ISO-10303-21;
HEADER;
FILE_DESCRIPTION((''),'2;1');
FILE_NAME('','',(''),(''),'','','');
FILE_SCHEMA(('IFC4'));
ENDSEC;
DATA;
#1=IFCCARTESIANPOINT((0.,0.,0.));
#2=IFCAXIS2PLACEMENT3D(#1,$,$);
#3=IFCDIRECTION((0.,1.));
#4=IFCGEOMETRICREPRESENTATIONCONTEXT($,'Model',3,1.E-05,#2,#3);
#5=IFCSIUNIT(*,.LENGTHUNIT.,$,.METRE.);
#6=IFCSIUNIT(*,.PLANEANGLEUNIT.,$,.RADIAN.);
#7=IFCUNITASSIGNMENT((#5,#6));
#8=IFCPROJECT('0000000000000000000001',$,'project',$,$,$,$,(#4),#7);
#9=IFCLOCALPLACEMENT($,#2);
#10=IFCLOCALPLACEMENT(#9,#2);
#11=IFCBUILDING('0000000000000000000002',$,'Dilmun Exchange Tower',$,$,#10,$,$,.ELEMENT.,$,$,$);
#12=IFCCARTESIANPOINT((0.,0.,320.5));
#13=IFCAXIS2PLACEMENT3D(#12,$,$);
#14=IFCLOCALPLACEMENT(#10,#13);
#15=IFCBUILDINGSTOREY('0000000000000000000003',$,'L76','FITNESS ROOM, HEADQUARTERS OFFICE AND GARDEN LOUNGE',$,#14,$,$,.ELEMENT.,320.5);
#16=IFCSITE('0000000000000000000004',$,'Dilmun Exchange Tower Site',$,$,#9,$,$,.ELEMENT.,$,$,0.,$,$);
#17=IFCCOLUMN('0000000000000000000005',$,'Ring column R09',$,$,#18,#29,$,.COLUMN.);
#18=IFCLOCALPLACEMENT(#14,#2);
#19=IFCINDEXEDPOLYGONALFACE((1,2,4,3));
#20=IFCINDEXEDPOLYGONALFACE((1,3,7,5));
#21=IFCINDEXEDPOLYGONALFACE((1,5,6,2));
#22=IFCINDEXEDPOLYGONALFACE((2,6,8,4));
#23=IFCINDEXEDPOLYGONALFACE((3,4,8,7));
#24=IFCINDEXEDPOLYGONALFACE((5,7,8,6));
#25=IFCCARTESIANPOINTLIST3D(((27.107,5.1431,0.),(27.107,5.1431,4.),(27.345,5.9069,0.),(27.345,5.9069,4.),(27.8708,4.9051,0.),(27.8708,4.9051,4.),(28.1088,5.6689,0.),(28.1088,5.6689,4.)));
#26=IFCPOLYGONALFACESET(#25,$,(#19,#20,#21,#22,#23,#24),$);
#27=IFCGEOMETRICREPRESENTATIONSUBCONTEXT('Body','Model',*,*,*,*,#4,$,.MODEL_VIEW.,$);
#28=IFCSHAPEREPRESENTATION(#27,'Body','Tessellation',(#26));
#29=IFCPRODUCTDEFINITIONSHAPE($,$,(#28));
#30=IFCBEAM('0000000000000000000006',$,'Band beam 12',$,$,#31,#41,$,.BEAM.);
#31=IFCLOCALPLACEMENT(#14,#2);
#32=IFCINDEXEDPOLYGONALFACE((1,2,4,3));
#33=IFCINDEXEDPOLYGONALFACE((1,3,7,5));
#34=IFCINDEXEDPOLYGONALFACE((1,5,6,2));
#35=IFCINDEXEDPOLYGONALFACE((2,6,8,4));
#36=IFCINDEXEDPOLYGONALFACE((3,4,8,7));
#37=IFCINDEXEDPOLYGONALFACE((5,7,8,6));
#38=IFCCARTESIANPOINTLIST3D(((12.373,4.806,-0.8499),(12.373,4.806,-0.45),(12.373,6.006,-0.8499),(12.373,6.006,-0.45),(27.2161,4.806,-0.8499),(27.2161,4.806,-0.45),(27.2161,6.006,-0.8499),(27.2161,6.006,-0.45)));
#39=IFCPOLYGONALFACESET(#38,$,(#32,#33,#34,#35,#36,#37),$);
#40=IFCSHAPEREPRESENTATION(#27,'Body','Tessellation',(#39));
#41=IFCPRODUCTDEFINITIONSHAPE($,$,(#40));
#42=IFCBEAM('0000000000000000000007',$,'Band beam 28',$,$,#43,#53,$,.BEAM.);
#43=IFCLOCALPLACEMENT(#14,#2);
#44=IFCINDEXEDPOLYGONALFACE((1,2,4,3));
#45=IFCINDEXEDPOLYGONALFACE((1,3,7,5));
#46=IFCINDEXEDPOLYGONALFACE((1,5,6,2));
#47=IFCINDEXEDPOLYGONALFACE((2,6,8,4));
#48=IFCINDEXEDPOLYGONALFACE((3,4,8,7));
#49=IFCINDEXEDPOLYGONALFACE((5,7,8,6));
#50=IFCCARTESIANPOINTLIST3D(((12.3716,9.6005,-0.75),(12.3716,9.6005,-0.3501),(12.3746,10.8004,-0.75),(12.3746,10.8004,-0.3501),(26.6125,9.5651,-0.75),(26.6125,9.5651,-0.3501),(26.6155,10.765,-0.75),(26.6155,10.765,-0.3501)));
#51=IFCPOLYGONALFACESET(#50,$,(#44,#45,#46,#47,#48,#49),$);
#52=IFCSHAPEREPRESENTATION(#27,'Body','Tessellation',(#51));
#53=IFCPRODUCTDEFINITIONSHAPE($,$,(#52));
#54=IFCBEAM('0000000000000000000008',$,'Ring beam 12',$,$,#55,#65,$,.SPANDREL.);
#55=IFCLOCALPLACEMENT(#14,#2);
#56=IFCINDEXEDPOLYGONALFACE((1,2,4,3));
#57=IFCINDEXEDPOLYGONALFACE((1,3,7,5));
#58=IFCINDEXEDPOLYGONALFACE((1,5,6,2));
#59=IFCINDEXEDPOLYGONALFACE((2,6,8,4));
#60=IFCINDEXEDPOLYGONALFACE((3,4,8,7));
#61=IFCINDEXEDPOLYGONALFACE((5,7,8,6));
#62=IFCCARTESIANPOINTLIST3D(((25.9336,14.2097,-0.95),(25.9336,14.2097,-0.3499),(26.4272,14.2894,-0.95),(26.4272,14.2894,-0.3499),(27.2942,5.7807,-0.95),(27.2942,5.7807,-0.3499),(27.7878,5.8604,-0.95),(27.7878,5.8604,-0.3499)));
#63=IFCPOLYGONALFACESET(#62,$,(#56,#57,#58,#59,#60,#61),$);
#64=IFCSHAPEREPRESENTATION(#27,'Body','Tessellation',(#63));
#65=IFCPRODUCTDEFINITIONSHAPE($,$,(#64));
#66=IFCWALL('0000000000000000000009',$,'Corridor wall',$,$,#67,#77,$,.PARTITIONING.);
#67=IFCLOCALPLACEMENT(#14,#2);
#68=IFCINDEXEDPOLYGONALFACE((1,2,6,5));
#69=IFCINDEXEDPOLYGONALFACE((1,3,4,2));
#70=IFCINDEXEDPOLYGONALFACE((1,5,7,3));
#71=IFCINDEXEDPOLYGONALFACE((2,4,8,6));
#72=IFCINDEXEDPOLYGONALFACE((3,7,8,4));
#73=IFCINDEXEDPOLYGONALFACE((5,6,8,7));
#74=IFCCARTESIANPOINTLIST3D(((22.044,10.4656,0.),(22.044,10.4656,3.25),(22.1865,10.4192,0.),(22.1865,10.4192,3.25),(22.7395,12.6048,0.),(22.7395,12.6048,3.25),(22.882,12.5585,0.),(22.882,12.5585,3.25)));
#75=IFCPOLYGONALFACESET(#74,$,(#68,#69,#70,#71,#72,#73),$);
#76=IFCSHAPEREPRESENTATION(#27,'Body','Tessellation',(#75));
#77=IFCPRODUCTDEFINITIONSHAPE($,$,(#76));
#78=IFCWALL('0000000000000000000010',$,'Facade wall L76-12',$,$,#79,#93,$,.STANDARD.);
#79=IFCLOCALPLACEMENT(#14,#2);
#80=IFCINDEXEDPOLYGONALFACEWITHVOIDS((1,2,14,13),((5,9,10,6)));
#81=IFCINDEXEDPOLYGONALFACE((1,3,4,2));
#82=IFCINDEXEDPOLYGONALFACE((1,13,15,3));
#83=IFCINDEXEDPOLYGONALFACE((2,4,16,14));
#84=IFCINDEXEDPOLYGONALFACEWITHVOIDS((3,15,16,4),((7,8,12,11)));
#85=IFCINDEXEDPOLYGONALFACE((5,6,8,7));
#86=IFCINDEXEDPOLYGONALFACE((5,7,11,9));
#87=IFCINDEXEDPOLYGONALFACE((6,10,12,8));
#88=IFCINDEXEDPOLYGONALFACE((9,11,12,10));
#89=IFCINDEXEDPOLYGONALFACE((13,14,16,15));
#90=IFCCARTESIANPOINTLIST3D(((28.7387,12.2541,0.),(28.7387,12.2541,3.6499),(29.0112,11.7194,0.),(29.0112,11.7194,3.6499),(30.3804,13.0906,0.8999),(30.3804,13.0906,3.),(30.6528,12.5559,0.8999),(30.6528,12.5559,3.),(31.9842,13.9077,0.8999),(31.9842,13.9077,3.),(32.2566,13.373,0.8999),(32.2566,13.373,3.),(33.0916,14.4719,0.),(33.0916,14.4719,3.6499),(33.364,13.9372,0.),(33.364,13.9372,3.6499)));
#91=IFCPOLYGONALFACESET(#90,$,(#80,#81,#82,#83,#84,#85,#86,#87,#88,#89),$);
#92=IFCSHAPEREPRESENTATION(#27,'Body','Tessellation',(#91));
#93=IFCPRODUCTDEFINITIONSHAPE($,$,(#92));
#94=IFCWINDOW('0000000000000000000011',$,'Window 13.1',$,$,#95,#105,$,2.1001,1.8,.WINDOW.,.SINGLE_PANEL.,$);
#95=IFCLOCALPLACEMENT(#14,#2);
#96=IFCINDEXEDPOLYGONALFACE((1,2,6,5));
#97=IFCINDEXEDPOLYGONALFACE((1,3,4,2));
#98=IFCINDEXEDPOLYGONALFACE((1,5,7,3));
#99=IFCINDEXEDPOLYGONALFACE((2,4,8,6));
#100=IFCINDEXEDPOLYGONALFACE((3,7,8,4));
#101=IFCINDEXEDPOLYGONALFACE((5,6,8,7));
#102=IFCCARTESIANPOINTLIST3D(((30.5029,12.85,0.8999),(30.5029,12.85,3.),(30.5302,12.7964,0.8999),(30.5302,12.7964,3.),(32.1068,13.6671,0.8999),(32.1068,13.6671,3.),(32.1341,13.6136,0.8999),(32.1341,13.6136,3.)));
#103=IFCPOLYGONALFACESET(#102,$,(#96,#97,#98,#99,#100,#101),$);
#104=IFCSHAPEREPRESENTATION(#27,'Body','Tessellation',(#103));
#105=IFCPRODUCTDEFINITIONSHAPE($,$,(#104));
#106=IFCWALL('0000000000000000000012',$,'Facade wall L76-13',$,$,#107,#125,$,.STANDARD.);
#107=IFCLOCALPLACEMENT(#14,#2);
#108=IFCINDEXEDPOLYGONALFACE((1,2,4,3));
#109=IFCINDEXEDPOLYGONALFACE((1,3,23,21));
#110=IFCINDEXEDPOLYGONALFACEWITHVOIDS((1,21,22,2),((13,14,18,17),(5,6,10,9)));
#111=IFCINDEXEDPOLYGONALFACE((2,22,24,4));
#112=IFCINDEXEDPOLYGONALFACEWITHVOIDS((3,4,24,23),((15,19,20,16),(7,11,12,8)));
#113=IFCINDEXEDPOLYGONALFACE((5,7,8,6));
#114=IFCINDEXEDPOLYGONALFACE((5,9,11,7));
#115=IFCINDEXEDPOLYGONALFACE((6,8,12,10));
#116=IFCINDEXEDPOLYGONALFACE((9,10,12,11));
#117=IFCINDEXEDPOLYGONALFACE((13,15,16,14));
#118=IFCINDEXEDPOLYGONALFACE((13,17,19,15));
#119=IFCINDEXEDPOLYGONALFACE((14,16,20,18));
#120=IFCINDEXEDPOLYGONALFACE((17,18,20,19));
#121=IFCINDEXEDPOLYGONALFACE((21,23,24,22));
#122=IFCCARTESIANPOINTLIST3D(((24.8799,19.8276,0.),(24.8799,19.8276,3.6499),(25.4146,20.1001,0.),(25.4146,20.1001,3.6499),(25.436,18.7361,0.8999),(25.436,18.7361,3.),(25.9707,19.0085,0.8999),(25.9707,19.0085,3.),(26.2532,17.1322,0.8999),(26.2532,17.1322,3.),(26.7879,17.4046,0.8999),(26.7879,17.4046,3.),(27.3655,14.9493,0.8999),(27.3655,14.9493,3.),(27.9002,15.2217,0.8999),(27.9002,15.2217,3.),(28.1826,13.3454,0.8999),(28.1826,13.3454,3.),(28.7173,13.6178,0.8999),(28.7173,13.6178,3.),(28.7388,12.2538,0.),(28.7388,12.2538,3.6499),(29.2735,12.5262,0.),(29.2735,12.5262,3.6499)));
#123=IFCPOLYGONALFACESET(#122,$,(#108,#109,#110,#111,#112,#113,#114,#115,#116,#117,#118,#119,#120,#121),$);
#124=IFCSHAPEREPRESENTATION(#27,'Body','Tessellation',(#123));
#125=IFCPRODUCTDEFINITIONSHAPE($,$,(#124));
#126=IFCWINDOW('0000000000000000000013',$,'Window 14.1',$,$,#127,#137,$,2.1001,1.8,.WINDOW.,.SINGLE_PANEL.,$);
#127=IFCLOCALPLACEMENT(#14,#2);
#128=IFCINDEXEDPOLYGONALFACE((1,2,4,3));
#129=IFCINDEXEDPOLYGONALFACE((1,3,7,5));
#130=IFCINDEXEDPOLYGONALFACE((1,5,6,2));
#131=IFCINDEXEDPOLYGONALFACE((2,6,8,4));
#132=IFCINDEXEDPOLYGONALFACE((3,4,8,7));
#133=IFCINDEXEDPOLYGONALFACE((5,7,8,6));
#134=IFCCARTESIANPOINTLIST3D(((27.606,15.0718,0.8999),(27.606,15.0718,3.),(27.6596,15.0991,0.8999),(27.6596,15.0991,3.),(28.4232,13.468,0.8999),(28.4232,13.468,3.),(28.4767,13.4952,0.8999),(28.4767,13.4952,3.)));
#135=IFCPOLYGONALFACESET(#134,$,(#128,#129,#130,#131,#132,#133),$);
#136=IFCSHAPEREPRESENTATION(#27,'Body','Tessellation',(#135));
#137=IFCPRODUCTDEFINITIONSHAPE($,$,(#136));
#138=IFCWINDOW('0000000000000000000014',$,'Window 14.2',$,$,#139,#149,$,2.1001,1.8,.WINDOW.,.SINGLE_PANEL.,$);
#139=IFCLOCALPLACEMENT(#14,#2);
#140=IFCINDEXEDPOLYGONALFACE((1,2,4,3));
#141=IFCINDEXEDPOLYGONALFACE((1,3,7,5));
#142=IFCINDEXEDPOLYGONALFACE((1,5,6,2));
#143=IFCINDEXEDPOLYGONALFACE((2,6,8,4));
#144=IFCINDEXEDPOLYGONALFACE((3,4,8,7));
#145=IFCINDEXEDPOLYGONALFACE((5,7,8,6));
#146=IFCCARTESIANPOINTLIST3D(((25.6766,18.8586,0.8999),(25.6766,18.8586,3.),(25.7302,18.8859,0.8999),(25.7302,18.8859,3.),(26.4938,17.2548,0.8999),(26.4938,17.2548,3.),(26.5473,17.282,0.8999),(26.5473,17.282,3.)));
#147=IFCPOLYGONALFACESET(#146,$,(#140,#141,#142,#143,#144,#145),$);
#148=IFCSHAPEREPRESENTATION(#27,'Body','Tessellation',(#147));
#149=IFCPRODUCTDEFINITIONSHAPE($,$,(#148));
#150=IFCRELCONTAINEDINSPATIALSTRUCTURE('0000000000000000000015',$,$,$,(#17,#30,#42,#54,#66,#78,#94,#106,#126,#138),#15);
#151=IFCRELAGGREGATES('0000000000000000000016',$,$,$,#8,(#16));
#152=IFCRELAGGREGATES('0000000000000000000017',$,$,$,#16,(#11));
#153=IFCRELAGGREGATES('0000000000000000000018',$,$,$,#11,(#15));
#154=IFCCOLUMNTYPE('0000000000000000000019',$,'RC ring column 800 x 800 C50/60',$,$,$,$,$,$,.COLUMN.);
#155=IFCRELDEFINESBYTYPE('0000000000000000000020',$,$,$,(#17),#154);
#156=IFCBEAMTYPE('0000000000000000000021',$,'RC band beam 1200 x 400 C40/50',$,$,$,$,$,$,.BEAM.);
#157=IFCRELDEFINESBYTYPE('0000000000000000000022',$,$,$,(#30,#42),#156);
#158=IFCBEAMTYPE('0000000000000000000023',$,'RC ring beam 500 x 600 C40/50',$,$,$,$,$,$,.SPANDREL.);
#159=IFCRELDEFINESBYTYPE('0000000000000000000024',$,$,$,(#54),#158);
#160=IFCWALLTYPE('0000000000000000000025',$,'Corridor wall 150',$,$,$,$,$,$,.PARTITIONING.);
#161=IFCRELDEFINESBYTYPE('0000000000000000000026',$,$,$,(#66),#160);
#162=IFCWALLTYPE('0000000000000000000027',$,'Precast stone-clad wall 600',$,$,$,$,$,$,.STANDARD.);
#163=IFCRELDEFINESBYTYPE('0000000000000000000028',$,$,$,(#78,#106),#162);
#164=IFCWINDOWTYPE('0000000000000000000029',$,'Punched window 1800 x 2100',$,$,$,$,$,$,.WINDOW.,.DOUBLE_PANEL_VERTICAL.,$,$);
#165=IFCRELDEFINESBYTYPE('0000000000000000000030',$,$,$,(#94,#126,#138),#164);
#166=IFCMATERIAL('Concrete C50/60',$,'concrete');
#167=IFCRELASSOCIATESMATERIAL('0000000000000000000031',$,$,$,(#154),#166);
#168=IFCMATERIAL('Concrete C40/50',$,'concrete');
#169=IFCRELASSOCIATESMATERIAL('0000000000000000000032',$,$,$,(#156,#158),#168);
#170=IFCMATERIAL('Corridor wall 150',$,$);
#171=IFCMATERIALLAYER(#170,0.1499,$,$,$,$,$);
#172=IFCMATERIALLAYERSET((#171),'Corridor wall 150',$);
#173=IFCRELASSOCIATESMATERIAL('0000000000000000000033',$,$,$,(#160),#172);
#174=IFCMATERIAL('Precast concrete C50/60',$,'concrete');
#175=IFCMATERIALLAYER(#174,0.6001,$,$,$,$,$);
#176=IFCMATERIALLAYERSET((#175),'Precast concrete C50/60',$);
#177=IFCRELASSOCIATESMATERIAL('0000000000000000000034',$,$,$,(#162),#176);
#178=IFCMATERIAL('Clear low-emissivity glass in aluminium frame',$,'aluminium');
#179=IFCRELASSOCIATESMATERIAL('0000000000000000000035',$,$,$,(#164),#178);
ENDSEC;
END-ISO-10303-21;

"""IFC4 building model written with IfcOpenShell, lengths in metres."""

from ifc_helpers import new_model, si_unit, direction, frame, frame_2d, origin, origin_2d, place, context, subcontext, project, spatial, rectangle, extrude, material, layer, layer_set, material_profile, profile_set, type_object, element, fill, save


model = new_model("IFC4")

# Units and contexts
model_context = context("Model", 3, precision=1e-05, world=origin(), true_north=direction((0.0, 1.0)))
body_context = subcontext(model_context, "Body", "Model", "MODEL_VIEW")
ifc_project = project(units=[si_unit("LENGTHUNIT", "METRE"), si_unit("PLANEANGLEUNIT", "RADIAN")], contexts=[model_context])

# Site, building, storey
site_placement = place(None, origin())
site = spatial("IfcSite", under=ifc_project, at=site_placement, Name="Dilmun Exchange Tower Site", CompositionType="ELEMENT", RefElevation=0.0)
building_placement = place(site_placement, origin())
building = spatial("IfcBuilding", under=site, at=building_placement, Name="Dilmun Exchange Tower", CompositionType="ELEMENT")
storey_placement = place(building_placement, frame((0.0, 0.0, 320.5)))
storey = spatial("IfcBuildingStorey", under=building, at=storey_placement, Name="L76", Description="FITNESS ROOM, HEADQUARTERS OFFICE AND GARDEN LOUNGE", CompositionType="ELEMENT", Elevation=320.5)

# Column
ifc_material_1 = material(Name="Concrete C50/60", Category="concrete")
ifc_material_profile_1 = material_profile(ifc_material_1, rectangle(XDim=0.8, YDim=0.8, at=origin_2d()), Name="800 x 800")
ifc_profile_set_1 = profile_set([ifc_material_profile_1], Name="Concrete C50/60")
column_type = type_object("IfcColumnType", Name="RC ring column 800 x 800 C50/60", PredefinedType="COLUMN", material=ifc_profile_set_1)
column_placement = place(storey_placement, frame((27.6079, 5.406, 0.0), z_axis=(0.0, 0.0, 1.0), x_axis=(0.297503, 0.954721, 0.0)))
element("IfcColumn", 1, at=column_placement, inside=storey, type_object=column_type, Name="Ring column R09", PredefinedType="COLUMN", context=body_context, shape_type="SweptSolid", body=[
    extrude(rectangle(XDim=0.8, YDim=0.8, at=origin_2d()), origin(), (0.0, 0.0, 1.0), 4.0),
])

# Beams
ifc_material_2 = material(Name="Concrete C40/50", Category="concrete")
ifc_material_profile_2 = material_profile(ifc_material_2, rectangle(XDim=1.2, YDim=0.3999, at=origin_2d()), Name="1200 x 400")
ifc_profile_set_2 = profile_set([ifc_material_profile_2], Name="Concrete C40/50")
beam_type_1 = type_object("IfcBeamType", Name="RC band beam 1200 x 400 C40/50", PredefinedType="BEAM", material=ifc_profile_set_2)
beam_1_placement = place(storey_placement, frame((27.2161, 5.406, -0.6499), z_axis=(-1.0, 0.0, 0.0), x_axis=(0.0, -1.0, 0.0)))
element("IfcBeam", 2, at=beam_1_placement, inside=storey, type_object=beam_type_1, Name="Band beam 12", PredefinedType="BEAM", context=body_context, shape_type="SweptSolid", body=[
    extrude(rectangle(XDim=1.2, YDim=0.3999, at=origin_2d()), origin(), (0.0, 0.0, 1.0), 14.843),
])
beam_2_placement = place(storey_placement, frame((26.614, 10.165, -0.55), z_axis=(-0.999997, 0.002486, 0.0), x_axis=(-0.002486, -0.999997, 0.0)))
element("IfcBeam", 3, at=beam_2_placement, inside=storey, type_object=beam_type_1, Name="Band beam 28", PredefinedType="BEAM", context=body_context, shape_type="SweptSolid", body=[
    extrude(rectangle(XDim=1.2, YDim=0.3999, at=origin_2d()), origin(), (0.0, 0.0, 1.0), 14.241),
])
ifc_material_profile_3 = material_profile(ifc_material_2, rectangle(XDim=0.5, YDim=0.6001, at=origin_2d()), Name="500 x 600")
ifc_profile_set_3 = profile_set([ifc_material_profile_3], Name="Concrete C40/50")
beam_type_2 = type_object("IfcBeamType", Name="RC ring beam 500 x 600 C40/50", PredefinedType="SPANDREL", material=ifc_profile_set_3)
beam_3_placement = place(storey_placement, frame((27.541, 5.8206, -0.6499), z_axis=(-0.159357, 0.987221, 0.0), x_axis=(-0.987221, -0.159357, 0.0)))
element("IfcBeam", 4, at=beam_3_placement, inside=storey, type_object=beam_type_2, Name="Ring beam 12", PredefinedType="SPANDREL", context=body_context, shape_type="SweptSolid", body=[
    extrude(rectangle(XDim=0.5, YDim=0.6001, at=origin_2d()), origin(), (0.0, 0.0, 1.0), 8.5381),
])

# Wall
ifc_material_3 = material(Name="Corridor wall 150")
ifc_layer_1 = layer(ifc_material_3, 0.1499)
ifc_layer_set_1 = layer_set([ifc_layer_1], Name="Corridor wall 150")
wall_type_1 = type_object("IfcWallType", Name="Corridor wall 150", PredefinedType="PARTITIONING", material=ifc_layer_set_1)
wall_1_placement = place(storey_placement, frame((22.1152, 10.4424, 0.0), z_axis=(0.0, 0.0, 1.0), x_axis=(0.309187, 0.951001, 0.0)))
element("IfcWall", 5, at=wall_1_placement, inside=storey, type_object=wall_type_1, Name="Corridor wall", PredefinedType="PARTITIONING", context=body_context, shape_type="SweptSolid", body=[
    extrude(rectangle(XDim=2.2495, YDim=0.1499, at=frame_2d((1.1248, 0.0))), origin(), (0.0, 0.0, 1.0), 3.25),
])

# Wall, opening, window
ifc_material_4 = material(Name="Precast concrete C50/60", Category="concrete")
ifc_layer_2 = layer(ifc_material_4, 0.6001)
ifc_layer_set_2 = layer_set([ifc_layer_2], Name="Precast concrete C50/60")
wall_type_2 = type_object("IfcWallType", Name="Precast stone-clad wall 600", PredefinedType="STANDARD", material=ifc_layer_set_2)
wall_2_placement = place(storey_placement, frame((33.2278, 14.2046, 0.0), z_axis=(0.0, 0.0, 1.0), x_axis=(-0.891013, -0.453977, 0.0)))
wall_2 = element("IfcWall", 6, at=wall_2_placement, inside=storey, type_object=wall_type_2, Name="Facade wall L76-12", PredefinedType="STANDARD", context=body_context, shape_type="SweptSolid", body=[
    extrude(rectangle(XDim=4.8853, YDim=0.6001, at=frame_2d((2.4426, 0.0))), origin(), (0.0, 0.0, 1.0), 3.6499),
])
opening_1_placement = place(wall_2_placement, frame((1.2429, 0.0, 0.8999)))
opening_1 = element("IfcOpeningElement", 7, at=opening_1_placement, cuts=wall_2, PredefinedType="OPENING", context=body_context, shape_type="SweptSolid", body=[
    extrude(rectangle(XDim=1.8, YDim=2.1001, at=frame_2d((0.8999, 1.05))), frame((0.0, 0.3101, 0.0), z_axis=(0.0, -1.0, 0.0), x_axis=(1.0, 0.0, 0.0)), (0.0, 0.0, 1.0), 0.6201),
])
ifc_material_5 = material(Name="Clear low-emissivity glass in aluminium frame", Category="aluminium")
window_type = type_object("IfcWindowType", Name="Punched window 1800 x 2100", PartitioningType="DOUBLE_PANEL_VERTICAL", PredefinedType="WINDOW", material=ifc_material_5)
window_1_placement = place(opening_1_placement, origin())
window_1 = element("IfcWindow", 8, at=window_1_placement, inside=storey, type_object=window_type, Name="Window 13.1", OverallHeight=2.1001, OverallWidth=1.8, PartitioningType="SINGLE_PANEL", PredefinedType="WINDOW", context=body_context, shape_type="SweptSolid", body=[
    extrude(rectangle(XDim=1.8, YDim=2.1001, at=frame_2d((0.8999, 1.05))), frame((0.0, 0.03, 0.0), z_axis=(0.0, -1.0, 0.0), x_axis=(1.0, 0.0, 0.0)), (0.0, 0.0, 1.0), 0.0601),
])
fill(opening_1, window_1)

# Wall, openings, windows
wall_3_placement = place(storey_placement, frame((29.0061, 12.3901, 0.0), z_axis=(0.0, 0.0, 1.0), x_axis=(-0.453979, 0.891012, 0.0)))
wall_3 = element("IfcWall", 9, at=wall_3_placement, inside=storey, type_object=wall_type_2, Name="Facade wall L76-13", PredefinedType="STANDARD", context=body_context, shape_type="SweptSolid", body=[
    extrude(rectangle(XDim=8.5002, YDim=0.6001, at=frame_2d((4.25, 0.0))), origin(), (0.0, 0.0, 1.0), 3.6499),
])
opening_2_placement = place(wall_3_placement, frame((1.2251, 0.0, 0.8999)))
opening_2 = element("IfcOpeningElement", 10, at=opening_2_placement, cuts=wall_3, PredefinedType="OPENING", context=body_context, shape_type="SweptSolid", body=[
    extrude(rectangle(XDim=1.8, YDim=2.1001, at=frame_2d((0.8999, 1.05))), frame((0.0, 0.3101, 0.0), z_axis=(0.0, -1.0, 0.0), x_axis=(1.0, 0.0, 0.0)), (0.0, 0.0, 1.0), 0.6201),
])
opening_3_placement = place(wall_3_placement, frame((5.4751, 0.0, 0.8999)))
opening_3 = element("IfcOpeningElement", 11, at=opening_3_placement, cuts=wall_3, PredefinedType="OPENING", context=body_context, shape_type="SweptSolid", body=[
    extrude(rectangle(XDim=1.8, YDim=2.1001, at=frame_2d((0.8999, 1.05))), frame((0.0, 0.3101, 0.0), z_axis=(0.0, -1.0, 0.0), x_axis=(1.0, 0.0, 0.0)), (0.0, 0.0, 1.0), 0.6201),
])
window_2_placement = place(opening_2_placement, origin())
window_2 = element("IfcWindow", 12, at=window_2_placement, inside=storey, type_object=window_type, Name="Window 14.1", OverallHeight=2.1001, OverallWidth=1.8, PartitioningType="SINGLE_PANEL", PredefinedType="WINDOW", context=body_context, shape_type="SweptSolid", body=[
    extrude(rectangle(XDim=1.8, YDim=2.1001, at=frame_2d((0.8999, 1.05))), frame((0.0, 0.03, 0.0), z_axis=(0.0, -1.0, 0.0), x_axis=(1.0, 0.0, 0.0)), (0.0, 0.0, 1.0), 0.0601),
])
fill(opening_2, window_2)
window_3_placement = place(opening_3_placement, origin())
window_3 = element("IfcWindow", 13, at=window_3_placement, inside=storey, type_object=window_type, Name="Window 14.2", OverallHeight=2.1001, OverallWidth=1.8, PartitioningType="SINGLE_PANEL", PredefinedType="WINDOW", context=body_context, shape_type="SweptSolid", body=[
    extrude(rectangle(XDim=1.8, YDim=2.1001, at=frame_2d((0.8999, 1.05))), frame((0.0, 0.03, 0.0), z_axis=(0.0, -1.0, 0.0), x_axis=(1.0, 0.0, 0.0)), (0.0, 0.0, 1.0), 0.0601),
])
fill(opening_3, window_3)

save(model, "model.ifc")
